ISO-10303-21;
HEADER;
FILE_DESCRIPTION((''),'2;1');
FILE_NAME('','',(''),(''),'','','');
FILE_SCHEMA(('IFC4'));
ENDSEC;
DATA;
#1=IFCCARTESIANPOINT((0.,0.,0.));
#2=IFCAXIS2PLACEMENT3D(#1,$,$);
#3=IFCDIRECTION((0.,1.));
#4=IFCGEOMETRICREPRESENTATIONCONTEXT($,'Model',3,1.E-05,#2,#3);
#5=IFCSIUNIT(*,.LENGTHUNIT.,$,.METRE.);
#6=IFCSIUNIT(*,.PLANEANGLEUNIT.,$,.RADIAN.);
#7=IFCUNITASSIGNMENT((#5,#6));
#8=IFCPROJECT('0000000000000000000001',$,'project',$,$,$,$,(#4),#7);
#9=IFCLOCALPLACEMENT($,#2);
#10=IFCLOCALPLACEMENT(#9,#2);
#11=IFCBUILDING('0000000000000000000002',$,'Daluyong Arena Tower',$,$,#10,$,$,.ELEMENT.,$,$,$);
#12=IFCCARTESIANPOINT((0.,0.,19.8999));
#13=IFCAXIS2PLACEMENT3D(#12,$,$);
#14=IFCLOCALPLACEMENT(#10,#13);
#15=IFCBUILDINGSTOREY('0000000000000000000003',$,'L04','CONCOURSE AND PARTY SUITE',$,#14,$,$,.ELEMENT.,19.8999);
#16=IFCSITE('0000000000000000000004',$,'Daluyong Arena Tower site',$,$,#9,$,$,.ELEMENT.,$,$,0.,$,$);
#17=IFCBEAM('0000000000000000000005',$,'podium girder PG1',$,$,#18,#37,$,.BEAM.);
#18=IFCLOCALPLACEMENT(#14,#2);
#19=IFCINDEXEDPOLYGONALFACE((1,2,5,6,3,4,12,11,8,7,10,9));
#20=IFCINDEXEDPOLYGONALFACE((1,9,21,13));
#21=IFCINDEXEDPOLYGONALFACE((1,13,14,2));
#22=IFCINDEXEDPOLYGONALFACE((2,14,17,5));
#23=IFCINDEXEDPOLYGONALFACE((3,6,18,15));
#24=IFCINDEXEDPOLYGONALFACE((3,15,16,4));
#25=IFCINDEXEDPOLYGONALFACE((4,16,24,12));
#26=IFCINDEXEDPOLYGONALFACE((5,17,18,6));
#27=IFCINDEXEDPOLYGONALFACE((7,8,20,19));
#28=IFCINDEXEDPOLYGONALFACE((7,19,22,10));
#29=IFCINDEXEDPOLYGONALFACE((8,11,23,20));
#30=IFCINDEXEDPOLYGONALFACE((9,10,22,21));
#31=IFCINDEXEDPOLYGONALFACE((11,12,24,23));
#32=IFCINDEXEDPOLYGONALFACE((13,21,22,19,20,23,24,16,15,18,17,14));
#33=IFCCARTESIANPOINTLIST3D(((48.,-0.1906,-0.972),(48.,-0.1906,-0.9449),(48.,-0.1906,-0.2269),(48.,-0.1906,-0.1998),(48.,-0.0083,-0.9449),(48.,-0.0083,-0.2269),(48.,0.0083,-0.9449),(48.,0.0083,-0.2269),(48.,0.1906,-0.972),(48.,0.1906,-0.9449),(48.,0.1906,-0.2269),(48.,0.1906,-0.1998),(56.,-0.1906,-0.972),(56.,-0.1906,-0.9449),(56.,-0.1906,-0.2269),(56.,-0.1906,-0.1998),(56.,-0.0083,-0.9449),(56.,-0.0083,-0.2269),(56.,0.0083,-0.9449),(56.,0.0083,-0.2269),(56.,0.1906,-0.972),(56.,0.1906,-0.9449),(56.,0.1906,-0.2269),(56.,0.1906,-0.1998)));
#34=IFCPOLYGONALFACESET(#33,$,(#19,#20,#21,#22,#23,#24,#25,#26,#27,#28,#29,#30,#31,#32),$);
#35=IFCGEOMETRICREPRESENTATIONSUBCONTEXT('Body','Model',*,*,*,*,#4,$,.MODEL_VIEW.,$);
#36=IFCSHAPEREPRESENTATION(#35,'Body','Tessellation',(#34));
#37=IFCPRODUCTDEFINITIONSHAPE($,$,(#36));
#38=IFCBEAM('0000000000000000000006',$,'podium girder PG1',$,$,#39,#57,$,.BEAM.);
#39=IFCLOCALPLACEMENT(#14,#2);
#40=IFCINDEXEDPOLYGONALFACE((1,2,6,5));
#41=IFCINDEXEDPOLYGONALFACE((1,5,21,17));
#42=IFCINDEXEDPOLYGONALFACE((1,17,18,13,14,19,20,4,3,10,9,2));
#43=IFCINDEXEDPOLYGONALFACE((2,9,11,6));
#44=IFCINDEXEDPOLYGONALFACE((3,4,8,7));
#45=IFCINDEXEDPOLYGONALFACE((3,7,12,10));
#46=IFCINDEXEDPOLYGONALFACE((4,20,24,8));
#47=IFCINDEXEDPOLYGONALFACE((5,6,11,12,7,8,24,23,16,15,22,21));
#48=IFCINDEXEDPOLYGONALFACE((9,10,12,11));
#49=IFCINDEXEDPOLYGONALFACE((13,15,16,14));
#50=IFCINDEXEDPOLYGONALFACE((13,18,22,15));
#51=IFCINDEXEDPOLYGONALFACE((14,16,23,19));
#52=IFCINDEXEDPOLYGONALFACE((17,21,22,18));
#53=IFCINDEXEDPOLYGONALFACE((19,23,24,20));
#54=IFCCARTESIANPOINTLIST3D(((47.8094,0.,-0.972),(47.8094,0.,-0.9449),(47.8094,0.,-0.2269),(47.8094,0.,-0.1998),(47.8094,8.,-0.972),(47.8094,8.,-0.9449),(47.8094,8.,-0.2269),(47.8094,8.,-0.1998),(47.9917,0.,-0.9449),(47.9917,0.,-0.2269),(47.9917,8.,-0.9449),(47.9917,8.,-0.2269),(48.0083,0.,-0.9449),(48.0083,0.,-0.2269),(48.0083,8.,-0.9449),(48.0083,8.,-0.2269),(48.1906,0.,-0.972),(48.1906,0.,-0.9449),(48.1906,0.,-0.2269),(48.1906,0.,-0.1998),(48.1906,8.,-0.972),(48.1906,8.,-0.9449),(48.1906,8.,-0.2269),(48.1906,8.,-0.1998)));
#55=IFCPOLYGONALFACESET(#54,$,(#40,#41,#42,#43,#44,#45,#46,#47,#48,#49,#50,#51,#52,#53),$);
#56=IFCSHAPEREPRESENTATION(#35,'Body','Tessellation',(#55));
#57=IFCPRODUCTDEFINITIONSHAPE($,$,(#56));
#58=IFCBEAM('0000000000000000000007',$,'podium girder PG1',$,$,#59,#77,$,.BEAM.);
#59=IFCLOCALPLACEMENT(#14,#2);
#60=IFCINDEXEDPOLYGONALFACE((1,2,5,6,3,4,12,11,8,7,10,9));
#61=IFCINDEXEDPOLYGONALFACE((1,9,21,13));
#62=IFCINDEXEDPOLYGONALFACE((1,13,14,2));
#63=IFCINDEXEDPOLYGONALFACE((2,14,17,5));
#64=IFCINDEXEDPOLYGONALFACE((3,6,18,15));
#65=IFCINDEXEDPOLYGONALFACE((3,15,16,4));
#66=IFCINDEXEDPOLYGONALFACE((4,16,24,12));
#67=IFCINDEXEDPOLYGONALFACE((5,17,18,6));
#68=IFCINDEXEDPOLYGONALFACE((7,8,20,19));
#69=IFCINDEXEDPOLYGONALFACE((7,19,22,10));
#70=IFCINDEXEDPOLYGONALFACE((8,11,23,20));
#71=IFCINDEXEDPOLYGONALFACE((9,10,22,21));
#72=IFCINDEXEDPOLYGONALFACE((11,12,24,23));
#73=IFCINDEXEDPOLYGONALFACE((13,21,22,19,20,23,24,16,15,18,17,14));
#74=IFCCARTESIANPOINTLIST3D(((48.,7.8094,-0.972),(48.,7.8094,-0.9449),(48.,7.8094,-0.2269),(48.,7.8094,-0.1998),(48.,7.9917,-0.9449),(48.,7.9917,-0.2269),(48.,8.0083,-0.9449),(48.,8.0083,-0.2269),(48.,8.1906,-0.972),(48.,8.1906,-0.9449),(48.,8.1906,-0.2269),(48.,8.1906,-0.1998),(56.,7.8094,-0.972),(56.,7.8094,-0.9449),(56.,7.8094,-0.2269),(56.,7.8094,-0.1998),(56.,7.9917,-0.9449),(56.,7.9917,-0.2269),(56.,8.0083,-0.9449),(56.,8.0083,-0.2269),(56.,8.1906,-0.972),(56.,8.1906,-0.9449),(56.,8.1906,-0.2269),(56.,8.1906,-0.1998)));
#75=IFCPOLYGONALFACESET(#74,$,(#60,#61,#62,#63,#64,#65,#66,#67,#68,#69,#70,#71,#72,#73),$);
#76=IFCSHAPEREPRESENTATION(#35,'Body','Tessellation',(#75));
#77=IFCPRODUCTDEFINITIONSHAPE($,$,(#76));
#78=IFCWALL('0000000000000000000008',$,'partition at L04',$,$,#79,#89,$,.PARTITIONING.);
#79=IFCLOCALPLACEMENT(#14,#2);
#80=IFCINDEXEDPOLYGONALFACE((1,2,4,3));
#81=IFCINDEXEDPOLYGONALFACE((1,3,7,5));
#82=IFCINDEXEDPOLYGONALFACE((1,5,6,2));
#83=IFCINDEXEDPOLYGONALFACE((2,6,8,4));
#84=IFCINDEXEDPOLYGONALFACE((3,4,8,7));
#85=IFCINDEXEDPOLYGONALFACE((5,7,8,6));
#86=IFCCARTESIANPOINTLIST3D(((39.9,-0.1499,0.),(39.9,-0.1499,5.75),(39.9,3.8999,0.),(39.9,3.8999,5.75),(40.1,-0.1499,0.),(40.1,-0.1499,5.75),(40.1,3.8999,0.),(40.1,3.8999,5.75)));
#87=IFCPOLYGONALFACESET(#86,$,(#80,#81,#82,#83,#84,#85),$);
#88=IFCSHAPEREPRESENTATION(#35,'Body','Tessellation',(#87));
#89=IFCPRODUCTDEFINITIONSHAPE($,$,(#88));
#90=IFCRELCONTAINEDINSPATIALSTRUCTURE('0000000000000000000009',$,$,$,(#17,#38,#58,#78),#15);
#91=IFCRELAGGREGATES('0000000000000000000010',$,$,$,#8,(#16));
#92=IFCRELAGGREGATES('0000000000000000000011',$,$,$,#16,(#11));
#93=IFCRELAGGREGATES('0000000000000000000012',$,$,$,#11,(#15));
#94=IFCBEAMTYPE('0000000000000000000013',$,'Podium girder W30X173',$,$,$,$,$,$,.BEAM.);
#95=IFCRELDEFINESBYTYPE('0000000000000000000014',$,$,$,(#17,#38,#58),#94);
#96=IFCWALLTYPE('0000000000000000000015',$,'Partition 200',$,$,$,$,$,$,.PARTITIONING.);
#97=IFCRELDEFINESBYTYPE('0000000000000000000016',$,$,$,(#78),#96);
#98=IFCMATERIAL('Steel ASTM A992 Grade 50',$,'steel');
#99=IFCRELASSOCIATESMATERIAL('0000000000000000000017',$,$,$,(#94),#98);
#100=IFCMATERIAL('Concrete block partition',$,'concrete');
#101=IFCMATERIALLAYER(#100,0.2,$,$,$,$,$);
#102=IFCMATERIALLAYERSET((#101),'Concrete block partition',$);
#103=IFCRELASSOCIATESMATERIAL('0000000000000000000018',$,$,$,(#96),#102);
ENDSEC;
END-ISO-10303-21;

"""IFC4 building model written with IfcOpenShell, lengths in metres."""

from ifc_helpers import new_model, si_unit, direction, frame, frame_2d, origin, origin_2d, place, context, subcontext, project, spatial, rectangle, i_section, extrude, material, layer, layer_set, material_profile, profile_set, type_object, element, save


model = new_model("IFC4")

# Units and contexts
model_context = context("Model", 3, precision=1e-05, world=origin(), true_north=direction((0.0, 1.0)))
body_context = subcontext(model_context, "Body", "Model", "MODEL_VIEW")
ifc_project = project(units=[si_unit("LENGTHUNIT", "METRE"), si_unit("PLANEANGLEUNIT", "RADIAN")], contexts=[model_context])

# Site, building, storey
site_placement = place(None, origin())
site = spatial("IfcSite", under=ifc_project, at=site_placement, Name="Daluyong Arena Tower site", CompositionType="ELEMENT", RefElevation=0.0)
building_placement = place(site_placement, origin())
building = spatial("IfcBuilding", under=site, at=building_placement, Name="Daluyong Arena Tower", CompositionType="ELEMENT")
storey_placement = place(building_placement, frame((0.0, 0.0, 19.8999)))
storey = spatial("IfcBuildingStorey", under=building, at=storey_placement, Name="L04", Description="CONCOURSE AND PARTY SUITE", CompositionType="ELEMENT", Elevation=19.8999)

# Beams
ifc_material_1 = material(Name="Steel ASTM A992 Grade 50", Category="steel")
ifc_material_profile_1 = material_profile(ifc_material_1, i_section(OverallWidth=0.3811, OverallDepth=0.7722, WebThickness=0.0166, FlangeThickness=0.0271, at=origin_2d()))
ifc_profile_set_1 = profile_set([ifc_material_profile_1], Name="Steel ASTM A992 Grade 50")
beam_type_1 = type_object("IfcBeamType", Name="Podium girder W30X173", PredefinedType="BEAM", material=ifc_profile_set_1)
for number, where, z_axis, x_axis, name in (
    (1, (48.0, 0.0, -0.5859), (1.0, 0.0, 0.0), (0.0, 1.0, 0.0), "podium girder PG1"),
    (2, (48.0, 0.0, -0.5859), (0.0, 1.0, 0.0), (-1.0, 0.0, 0.0), "podium girder PG1"),
    (3, (48.0, 8.0, -0.5859), (1.0, 0.0, 0.0), (0.0, 1.0, 0.0), "podium girder PG1"),
):
    element("IfcBeam", number, at=place(storey_placement, frame(where, z_axis=z_axis, x_axis=x_axis)), inside=storey, type_object=beam_type_1, Name=name, PredefinedType="BEAM", context=body_context, shape_type="SweptSolid", body=[
        extrude(i_section(OverallWidth=0.3811, OverallDepth=0.7722, WebThickness=0.0166, FlangeThickness=0.0271, at=origin_2d()), origin(), (0.0, 0.0, 1.0), 8.0),
    ])

# Wall
ifc_material_2 = material(Name="Concrete block partition", Category="concrete")
ifc_layer = layer(ifc_material_2, 0.2)
ifc_layer_set = layer_set([ifc_layer], Name="Concrete block partition")
wall_type = type_object("IfcWallType", Name="Partition 200", PredefinedType="PARTITIONING", material=ifc_layer_set)
wall_placement = place(storey_placement, frame((40.0, -0.1499, 0.0), z_axis=(0.0, 0.0, 1.0), x_axis=(0.0, 1.0, 0.0)))
element("IfcWall", 4, at=wall_placement, inside=storey, type_object=wall_type, Name="partition at L04", PredefinedType="PARTITIONING", context=body_context, shape_type="SweptSolid", body=[
    extrude(rectangle(XDim=4.0498, YDim=0.2, at=frame_2d((2.0249, 0.0))), origin(), (0.0, 0.0, 1.0), 5.75),
])

save(model, "model.ifc")
